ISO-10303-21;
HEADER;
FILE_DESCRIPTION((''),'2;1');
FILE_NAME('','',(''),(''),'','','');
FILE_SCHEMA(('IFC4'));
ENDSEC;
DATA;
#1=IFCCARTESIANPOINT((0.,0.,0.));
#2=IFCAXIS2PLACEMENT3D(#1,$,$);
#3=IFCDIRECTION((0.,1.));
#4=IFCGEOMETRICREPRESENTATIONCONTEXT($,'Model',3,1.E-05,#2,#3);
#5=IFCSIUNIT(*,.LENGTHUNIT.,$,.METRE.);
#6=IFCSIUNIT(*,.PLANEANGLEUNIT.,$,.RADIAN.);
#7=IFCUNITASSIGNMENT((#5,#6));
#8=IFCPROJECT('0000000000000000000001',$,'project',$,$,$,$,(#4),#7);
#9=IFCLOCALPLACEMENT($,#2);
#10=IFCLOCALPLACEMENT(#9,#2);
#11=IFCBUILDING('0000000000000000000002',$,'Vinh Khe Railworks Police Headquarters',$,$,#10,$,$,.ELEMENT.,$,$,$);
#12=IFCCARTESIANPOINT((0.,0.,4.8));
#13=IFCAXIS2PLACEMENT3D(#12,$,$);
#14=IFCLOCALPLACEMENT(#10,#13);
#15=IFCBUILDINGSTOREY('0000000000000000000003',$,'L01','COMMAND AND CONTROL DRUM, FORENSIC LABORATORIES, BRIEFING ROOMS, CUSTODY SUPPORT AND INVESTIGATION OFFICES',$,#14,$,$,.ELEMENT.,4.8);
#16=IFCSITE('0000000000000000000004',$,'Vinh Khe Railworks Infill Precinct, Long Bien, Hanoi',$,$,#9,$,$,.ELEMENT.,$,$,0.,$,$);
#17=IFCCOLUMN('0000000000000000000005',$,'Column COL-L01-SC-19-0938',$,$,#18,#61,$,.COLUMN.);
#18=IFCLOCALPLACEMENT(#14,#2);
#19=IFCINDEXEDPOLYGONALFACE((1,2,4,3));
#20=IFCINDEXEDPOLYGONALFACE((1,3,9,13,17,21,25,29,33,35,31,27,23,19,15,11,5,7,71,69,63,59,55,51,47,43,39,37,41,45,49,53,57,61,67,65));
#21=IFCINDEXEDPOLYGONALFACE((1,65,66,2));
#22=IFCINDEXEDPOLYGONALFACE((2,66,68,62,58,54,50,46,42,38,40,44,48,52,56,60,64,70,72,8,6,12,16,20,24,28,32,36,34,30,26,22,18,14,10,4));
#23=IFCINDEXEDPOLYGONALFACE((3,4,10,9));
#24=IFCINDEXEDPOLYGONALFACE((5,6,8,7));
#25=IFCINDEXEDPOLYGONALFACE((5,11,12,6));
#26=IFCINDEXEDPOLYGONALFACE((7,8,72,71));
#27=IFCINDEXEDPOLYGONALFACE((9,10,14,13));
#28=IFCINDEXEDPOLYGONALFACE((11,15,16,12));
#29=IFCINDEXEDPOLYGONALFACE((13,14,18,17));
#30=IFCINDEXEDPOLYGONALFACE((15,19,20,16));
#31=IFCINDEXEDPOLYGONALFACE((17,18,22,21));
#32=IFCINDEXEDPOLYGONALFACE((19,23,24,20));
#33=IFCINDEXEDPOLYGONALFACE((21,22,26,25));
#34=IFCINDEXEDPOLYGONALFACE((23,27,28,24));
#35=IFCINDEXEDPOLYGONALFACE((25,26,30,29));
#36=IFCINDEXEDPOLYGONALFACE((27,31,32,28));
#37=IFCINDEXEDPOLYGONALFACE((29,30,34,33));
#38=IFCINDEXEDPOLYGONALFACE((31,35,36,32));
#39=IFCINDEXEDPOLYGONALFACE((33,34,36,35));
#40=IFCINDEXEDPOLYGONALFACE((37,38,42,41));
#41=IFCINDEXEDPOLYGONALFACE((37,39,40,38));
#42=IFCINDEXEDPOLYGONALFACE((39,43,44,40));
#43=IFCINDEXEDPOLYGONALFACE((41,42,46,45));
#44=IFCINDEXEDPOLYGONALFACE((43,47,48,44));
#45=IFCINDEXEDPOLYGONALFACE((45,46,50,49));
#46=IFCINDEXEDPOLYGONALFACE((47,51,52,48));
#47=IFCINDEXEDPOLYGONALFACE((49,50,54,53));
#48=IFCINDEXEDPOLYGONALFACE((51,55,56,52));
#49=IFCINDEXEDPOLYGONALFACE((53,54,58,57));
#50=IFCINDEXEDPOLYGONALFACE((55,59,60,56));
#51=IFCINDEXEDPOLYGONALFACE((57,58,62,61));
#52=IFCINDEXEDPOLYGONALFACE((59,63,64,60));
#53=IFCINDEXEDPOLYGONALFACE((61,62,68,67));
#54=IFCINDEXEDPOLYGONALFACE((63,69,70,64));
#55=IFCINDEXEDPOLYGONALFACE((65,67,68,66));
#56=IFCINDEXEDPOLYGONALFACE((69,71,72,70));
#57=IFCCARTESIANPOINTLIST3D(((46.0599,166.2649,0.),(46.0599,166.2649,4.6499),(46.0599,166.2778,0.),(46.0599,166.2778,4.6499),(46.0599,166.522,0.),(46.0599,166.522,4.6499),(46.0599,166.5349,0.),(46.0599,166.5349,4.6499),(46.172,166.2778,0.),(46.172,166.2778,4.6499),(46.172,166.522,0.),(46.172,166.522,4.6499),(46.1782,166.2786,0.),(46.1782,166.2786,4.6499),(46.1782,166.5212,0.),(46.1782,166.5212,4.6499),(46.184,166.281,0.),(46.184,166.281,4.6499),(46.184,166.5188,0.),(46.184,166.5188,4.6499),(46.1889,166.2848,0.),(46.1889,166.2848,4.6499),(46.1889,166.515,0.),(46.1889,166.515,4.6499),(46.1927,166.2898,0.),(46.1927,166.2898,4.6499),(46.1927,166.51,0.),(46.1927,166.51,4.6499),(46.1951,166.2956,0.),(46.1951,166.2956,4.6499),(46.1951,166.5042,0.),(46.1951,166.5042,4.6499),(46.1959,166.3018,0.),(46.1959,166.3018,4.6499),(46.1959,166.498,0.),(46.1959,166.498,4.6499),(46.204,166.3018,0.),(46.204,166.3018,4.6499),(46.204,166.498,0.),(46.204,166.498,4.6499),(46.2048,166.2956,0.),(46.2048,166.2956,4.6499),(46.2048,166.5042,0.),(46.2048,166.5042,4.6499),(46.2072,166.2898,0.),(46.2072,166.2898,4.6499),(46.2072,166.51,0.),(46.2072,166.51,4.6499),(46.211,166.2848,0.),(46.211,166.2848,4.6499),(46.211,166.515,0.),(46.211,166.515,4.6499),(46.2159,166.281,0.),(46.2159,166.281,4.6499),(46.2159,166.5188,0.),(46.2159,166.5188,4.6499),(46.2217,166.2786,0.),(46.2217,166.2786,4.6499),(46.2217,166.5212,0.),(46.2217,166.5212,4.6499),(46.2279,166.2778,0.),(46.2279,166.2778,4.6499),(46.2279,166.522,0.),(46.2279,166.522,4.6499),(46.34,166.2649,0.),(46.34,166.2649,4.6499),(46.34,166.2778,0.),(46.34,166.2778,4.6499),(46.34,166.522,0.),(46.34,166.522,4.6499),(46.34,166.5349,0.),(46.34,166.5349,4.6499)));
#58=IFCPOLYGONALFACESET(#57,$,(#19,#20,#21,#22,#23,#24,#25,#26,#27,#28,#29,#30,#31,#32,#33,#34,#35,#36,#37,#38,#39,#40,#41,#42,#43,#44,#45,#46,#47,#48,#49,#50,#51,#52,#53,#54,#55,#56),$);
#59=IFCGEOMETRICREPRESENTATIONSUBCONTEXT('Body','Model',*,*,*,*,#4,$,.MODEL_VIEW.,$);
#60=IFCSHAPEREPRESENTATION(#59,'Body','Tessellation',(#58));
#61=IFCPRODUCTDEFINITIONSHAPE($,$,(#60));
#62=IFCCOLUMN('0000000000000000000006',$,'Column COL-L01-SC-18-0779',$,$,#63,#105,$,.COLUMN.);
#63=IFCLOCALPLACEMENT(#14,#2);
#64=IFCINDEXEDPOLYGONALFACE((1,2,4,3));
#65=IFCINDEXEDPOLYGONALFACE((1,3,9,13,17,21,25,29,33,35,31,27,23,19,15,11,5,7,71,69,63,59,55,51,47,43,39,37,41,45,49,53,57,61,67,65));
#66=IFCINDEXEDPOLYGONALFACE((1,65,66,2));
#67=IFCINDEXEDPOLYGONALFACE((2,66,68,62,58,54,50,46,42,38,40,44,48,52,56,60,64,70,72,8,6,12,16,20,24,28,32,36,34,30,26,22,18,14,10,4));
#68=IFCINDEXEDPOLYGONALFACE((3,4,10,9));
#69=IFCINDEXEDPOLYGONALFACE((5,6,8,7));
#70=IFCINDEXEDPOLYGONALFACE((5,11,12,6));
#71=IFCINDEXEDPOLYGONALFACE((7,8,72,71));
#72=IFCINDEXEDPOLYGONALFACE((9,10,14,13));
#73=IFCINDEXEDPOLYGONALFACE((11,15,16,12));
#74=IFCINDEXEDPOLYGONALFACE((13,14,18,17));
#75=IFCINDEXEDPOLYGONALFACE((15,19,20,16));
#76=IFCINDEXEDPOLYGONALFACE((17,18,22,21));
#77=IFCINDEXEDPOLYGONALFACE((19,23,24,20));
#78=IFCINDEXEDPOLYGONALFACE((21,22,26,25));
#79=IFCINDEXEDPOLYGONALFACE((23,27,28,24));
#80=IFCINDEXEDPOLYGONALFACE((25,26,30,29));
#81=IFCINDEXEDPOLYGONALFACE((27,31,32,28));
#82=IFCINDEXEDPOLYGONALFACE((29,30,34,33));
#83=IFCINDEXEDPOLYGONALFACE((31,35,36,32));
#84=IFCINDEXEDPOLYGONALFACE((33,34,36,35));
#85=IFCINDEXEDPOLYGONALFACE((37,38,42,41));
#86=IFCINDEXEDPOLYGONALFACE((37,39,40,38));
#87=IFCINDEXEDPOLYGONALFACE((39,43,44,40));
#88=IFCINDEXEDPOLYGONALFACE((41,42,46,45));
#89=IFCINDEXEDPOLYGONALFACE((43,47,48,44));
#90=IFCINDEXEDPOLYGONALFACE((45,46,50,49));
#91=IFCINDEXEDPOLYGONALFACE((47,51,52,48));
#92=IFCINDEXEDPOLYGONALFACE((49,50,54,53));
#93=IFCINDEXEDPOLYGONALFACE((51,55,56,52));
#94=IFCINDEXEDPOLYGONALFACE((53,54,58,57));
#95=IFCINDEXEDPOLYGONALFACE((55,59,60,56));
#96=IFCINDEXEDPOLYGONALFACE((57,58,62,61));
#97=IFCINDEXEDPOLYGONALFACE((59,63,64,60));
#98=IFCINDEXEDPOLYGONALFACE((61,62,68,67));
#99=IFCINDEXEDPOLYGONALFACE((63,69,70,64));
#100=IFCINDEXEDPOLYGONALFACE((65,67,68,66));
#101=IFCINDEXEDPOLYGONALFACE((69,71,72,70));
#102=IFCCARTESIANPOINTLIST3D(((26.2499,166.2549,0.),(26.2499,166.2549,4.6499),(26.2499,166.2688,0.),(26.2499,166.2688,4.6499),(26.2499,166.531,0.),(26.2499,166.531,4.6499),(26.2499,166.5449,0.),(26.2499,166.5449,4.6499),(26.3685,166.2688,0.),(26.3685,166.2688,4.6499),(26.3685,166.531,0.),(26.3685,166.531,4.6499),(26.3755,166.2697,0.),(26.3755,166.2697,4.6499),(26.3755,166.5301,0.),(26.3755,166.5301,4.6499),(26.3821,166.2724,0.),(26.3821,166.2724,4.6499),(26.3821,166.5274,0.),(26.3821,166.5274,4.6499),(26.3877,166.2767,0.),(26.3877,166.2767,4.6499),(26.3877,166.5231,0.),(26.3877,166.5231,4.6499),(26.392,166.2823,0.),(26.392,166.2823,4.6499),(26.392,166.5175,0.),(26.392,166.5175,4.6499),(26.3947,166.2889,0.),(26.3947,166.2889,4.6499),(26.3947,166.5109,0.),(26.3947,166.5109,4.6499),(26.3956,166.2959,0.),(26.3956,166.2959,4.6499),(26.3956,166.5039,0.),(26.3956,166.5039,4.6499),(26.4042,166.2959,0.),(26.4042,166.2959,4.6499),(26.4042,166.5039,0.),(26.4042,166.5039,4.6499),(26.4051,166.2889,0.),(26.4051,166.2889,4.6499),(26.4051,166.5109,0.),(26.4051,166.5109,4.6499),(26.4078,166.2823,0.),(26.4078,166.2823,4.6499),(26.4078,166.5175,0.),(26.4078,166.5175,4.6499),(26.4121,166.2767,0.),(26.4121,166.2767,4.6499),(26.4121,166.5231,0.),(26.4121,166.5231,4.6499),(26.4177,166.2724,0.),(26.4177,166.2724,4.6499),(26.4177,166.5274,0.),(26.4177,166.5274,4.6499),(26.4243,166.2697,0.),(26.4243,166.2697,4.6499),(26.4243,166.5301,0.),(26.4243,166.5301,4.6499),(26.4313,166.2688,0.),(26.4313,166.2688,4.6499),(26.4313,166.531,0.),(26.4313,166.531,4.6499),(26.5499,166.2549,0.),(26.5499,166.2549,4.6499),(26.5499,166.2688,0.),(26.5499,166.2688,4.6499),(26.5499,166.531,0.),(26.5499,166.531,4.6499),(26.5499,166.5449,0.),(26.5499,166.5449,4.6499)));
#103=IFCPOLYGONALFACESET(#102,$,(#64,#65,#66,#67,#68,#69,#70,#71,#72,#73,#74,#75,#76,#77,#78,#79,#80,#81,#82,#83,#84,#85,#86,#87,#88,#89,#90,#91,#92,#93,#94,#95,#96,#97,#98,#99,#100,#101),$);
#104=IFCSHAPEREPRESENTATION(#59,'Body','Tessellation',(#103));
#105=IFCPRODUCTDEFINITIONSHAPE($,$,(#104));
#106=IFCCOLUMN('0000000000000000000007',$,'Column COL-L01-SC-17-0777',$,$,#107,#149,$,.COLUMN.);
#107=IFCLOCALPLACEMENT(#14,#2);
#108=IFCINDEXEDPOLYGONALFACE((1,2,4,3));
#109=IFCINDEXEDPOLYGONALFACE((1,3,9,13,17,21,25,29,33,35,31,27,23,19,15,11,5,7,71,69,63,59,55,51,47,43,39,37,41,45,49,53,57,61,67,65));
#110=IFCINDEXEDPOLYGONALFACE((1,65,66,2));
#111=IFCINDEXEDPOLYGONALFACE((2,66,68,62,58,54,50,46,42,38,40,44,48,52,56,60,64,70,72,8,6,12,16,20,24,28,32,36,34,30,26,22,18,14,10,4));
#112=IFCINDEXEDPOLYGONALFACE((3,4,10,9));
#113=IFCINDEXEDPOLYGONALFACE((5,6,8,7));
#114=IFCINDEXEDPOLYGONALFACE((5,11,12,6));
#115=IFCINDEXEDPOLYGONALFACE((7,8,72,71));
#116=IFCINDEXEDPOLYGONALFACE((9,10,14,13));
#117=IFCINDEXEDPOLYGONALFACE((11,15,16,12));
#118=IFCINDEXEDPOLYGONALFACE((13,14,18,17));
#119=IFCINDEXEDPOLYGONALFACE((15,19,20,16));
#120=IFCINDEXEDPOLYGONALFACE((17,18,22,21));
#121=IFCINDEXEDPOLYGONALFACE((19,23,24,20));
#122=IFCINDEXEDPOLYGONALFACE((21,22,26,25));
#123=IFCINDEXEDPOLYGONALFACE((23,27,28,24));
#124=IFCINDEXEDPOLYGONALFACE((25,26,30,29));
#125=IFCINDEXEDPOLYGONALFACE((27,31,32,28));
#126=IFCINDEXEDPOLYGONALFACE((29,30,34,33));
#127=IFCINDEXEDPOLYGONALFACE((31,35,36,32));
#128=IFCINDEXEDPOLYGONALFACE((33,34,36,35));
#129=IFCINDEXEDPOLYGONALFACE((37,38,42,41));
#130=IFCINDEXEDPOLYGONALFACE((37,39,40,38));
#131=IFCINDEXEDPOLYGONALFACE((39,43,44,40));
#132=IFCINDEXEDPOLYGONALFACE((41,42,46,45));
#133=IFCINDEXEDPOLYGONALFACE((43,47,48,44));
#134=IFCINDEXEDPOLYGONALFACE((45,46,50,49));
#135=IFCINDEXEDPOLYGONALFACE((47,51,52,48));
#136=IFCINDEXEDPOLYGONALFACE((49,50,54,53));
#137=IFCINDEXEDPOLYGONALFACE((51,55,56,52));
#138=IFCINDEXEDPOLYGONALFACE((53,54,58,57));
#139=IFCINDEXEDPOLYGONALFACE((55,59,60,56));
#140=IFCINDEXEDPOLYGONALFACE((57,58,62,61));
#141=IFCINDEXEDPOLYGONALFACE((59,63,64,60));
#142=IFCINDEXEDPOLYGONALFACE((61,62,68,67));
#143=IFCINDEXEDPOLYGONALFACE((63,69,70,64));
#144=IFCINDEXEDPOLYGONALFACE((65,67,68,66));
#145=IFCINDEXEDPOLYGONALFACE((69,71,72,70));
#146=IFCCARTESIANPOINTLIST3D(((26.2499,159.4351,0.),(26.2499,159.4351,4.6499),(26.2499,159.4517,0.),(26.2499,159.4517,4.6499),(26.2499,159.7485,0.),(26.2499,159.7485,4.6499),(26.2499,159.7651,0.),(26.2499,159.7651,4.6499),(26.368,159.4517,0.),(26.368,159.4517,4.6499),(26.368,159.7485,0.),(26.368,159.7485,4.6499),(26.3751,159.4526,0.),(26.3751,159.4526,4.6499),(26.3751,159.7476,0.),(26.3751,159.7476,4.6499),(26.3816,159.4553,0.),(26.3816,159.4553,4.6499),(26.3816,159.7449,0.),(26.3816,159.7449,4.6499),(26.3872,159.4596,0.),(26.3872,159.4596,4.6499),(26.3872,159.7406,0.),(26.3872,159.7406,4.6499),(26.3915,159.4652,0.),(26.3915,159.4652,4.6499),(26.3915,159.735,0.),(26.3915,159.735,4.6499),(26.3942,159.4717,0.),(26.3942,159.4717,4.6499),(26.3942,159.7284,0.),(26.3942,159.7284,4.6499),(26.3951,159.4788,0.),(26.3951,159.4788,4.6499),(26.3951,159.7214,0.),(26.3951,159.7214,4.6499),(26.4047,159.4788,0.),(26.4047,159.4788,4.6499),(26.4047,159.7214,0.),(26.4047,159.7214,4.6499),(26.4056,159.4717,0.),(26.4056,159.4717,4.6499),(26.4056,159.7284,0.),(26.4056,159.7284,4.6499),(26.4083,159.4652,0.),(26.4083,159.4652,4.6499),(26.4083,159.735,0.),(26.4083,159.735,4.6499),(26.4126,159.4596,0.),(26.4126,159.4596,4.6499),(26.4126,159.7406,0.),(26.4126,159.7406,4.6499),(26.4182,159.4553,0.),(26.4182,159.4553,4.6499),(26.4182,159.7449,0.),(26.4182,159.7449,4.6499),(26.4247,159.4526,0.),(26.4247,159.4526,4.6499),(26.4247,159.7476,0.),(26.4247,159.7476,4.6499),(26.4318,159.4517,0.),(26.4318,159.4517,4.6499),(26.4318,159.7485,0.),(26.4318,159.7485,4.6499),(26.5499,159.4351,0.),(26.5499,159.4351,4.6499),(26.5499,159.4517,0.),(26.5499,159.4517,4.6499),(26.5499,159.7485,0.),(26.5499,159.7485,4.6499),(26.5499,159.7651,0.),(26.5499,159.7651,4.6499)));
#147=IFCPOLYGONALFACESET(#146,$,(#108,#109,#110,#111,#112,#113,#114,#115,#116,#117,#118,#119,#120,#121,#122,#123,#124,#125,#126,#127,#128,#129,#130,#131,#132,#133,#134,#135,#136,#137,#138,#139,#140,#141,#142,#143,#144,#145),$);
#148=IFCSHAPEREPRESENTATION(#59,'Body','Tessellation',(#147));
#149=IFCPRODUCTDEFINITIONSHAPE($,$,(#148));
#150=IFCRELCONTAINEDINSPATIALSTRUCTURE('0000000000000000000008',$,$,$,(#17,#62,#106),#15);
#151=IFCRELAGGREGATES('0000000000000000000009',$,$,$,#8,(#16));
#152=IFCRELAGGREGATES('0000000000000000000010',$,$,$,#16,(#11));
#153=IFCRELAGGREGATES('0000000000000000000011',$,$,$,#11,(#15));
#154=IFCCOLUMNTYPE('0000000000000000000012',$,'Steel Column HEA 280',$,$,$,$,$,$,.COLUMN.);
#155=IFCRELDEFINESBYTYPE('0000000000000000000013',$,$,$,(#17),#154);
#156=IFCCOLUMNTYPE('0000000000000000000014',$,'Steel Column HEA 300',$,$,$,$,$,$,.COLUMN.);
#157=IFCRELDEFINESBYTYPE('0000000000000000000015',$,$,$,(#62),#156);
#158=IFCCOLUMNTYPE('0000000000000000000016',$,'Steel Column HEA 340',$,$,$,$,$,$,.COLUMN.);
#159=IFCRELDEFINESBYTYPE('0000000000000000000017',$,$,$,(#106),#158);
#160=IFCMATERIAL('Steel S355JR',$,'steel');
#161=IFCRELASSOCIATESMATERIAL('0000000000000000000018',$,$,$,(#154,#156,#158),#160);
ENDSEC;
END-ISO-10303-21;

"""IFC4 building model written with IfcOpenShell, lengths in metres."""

from ifc_helpers import new_model, si_unit, direction, frame, origin, origin_2d, place, context, subcontext, project, spatial, i_section, extrude, material, material_profile, profile_set, type_object, element, save


model = new_model("IFC4")

# Units and contexts
model_context = context("Model", 3, precision=1e-05, world=origin(), true_north=direction((0.0, 1.0)))
body_context = subcontext(model_context, "Body", "Model", "MODEL_VIEW")
ifc_project = project(units=[si_unit("LENGTHUNIT", "METRE"), si_unit("PLANEANGLEUNIT", "RADIAN")], contexts=[model_context])

# Site, building, storey
site_placement = place(None, origin())
site = spatial("IfcSite", under=ifc_project, at=site_placement, Name="Vinh Khe Railworks Infill Precinct, Long Bien, Hanoi", CompositionType="ELEMENT", RefElevation=0.0)
building_placement = place(site_placement, origin())
building = spatial("IfcBuilding", under=site, at=building_placement, Name="Vinh Khe Railworks Police Headquarters", CompositionType="ELEMENT")
storey_placement = place(building_placement, frame((0.0, 0.0, 4.8)))
storey = spatial("IfcBuildingStorey", under=building, at=storey_placement, Name="L01", Description="COMMAND AND CONTROL DRUM, FORENSIC LABORATORIES, BRIEFING ROOMS, CUSTODY SUPPORT AND INVESTIGATION OFFICES", CompositionType="ELEMENT", Elevation=4.8)

# Columns
ifc_material_1 = material(Name="Steel S355JR", Category="steel")
ifc_material_profile_1 = material_profile(ifc_material_1, i_section(OverallWidth=0.28, OverallDepth=0.27, WebThickness=0.0081, FlangeThickness=0.0129, FilletRadius=0.0239, at=origin_2d()), Name="HEA 280")
ifc_profile_set_1 = profile_set([ifc_material_profile_1], Name="Steel S355JR")
column_type_1 = type_object("IfcColumnType", Name="Steel Column HEA 280", PredefinedType="COLUMN", material=ifc_profile_set_1)
column_1_placement = place(storey_placement, frame((46.2, 166.3999, 0.0), z_axis=(0.0, 0.0, 1.0), x_axis=(1.0, 0.0, 0.0)))
element("IfcColumn", 1, at=column_1_placement, inside=storey, type_object=column_type_1, Name="Column COL-L01-SC-19-0938", PredefinedType="COLUMN", context=body_context, shape_type="SweptSolid", body=[
    extrude(i_section(OverallWidth=0.28, OverallDepth=0.27, WebThickness=0.0081, FlangeThickness=0.0129, FilletRadius=0.0239, at=origin_2d()), origin(), (0.0, 0.0, 1.0), 4.6499),
])
ifc_material_profile_2 = material_profile(ifc_material_1, i_section(OverallWidth=0.3, OverallDepth=0.29, WebThickness=0.0085, FlangeThickness=0.0139, FilletRadius=0.0271, at=origin_2d()), Name="HEA 300")
ifc_profile_set_2 = profile_set([ifc_material_profile_2], Name="Steel S355JR")
column_type_2 = type_object("IfcColumnType", Name="Steel Column HEA 300", PredefinedType="COLUMN", material=ifc_profile_set_2)
column_2_placement = place(storey_placement, frame((26.3999, 166.3999, 0.0), z_axis=(0.0, 0.0, 1.0), x_axis=(1.0, 0.0, 0.0)))
element("IfcColumn", 2, at=column_2_placement, inside=storey, type_object=column_type_2, Name="Column COL-L01-SC-18-0779", PredefinedType="COLUMN", context=body_context, shape_type="SweptSolid", body=[
    extrude(i_section(OverallWidth=0.3, OverallDepth=0.29, WebThickness=0.0085, FlangeThickness=0.0139, FilletRadius=0.0271, at=origin_2d()), origin(), (0.0, 0.0, 1.0), 4.6499),
])
ifc_material_profile_3 = material_profile(ifc_material_1, i_section(OverallWidth=0.3, OverallDepth=0.3301, WebThickness=0.0095, FlangeThickness=0.0166, FilletRadius=0.0271, at=origin_2d()), Name="HEA 340")
ifc_profile_set_3 = profile_set([ifc_material_profile_3], Name="Steel S355JR")
column_type_3 = type_object("IfcColumnType", Name="Steel Column HEA 340", PredefinedType="COLUMN", material=ifc_profile_set_3)
column_3_placement = place(storey_placement, frame((26.3999, 159.6001, 0.0), z_axis=(0.0, 0.0, 1.0), x_axis=(1.0, 0.0, 0.0)))
element("IfcColumn", 3, at=column_3_placement, inside=storey, type_object=column_type_3, Name="Column COL-L01-SC-17-0777", PredefinedType="COLUMN", context=body_context, shape_type="SweptSolid", body=[
    extrude(i_section(OverallWidth=0.3, OverallDepth=0.3301, WebThickness=0.0095, FlangeThickness=0.0166, FilletRadius=0.0271, at=origin_2d()), origin(), (0.0, 0.0, 1.0), 4.6499),
])

save(model, "model.ifc")
